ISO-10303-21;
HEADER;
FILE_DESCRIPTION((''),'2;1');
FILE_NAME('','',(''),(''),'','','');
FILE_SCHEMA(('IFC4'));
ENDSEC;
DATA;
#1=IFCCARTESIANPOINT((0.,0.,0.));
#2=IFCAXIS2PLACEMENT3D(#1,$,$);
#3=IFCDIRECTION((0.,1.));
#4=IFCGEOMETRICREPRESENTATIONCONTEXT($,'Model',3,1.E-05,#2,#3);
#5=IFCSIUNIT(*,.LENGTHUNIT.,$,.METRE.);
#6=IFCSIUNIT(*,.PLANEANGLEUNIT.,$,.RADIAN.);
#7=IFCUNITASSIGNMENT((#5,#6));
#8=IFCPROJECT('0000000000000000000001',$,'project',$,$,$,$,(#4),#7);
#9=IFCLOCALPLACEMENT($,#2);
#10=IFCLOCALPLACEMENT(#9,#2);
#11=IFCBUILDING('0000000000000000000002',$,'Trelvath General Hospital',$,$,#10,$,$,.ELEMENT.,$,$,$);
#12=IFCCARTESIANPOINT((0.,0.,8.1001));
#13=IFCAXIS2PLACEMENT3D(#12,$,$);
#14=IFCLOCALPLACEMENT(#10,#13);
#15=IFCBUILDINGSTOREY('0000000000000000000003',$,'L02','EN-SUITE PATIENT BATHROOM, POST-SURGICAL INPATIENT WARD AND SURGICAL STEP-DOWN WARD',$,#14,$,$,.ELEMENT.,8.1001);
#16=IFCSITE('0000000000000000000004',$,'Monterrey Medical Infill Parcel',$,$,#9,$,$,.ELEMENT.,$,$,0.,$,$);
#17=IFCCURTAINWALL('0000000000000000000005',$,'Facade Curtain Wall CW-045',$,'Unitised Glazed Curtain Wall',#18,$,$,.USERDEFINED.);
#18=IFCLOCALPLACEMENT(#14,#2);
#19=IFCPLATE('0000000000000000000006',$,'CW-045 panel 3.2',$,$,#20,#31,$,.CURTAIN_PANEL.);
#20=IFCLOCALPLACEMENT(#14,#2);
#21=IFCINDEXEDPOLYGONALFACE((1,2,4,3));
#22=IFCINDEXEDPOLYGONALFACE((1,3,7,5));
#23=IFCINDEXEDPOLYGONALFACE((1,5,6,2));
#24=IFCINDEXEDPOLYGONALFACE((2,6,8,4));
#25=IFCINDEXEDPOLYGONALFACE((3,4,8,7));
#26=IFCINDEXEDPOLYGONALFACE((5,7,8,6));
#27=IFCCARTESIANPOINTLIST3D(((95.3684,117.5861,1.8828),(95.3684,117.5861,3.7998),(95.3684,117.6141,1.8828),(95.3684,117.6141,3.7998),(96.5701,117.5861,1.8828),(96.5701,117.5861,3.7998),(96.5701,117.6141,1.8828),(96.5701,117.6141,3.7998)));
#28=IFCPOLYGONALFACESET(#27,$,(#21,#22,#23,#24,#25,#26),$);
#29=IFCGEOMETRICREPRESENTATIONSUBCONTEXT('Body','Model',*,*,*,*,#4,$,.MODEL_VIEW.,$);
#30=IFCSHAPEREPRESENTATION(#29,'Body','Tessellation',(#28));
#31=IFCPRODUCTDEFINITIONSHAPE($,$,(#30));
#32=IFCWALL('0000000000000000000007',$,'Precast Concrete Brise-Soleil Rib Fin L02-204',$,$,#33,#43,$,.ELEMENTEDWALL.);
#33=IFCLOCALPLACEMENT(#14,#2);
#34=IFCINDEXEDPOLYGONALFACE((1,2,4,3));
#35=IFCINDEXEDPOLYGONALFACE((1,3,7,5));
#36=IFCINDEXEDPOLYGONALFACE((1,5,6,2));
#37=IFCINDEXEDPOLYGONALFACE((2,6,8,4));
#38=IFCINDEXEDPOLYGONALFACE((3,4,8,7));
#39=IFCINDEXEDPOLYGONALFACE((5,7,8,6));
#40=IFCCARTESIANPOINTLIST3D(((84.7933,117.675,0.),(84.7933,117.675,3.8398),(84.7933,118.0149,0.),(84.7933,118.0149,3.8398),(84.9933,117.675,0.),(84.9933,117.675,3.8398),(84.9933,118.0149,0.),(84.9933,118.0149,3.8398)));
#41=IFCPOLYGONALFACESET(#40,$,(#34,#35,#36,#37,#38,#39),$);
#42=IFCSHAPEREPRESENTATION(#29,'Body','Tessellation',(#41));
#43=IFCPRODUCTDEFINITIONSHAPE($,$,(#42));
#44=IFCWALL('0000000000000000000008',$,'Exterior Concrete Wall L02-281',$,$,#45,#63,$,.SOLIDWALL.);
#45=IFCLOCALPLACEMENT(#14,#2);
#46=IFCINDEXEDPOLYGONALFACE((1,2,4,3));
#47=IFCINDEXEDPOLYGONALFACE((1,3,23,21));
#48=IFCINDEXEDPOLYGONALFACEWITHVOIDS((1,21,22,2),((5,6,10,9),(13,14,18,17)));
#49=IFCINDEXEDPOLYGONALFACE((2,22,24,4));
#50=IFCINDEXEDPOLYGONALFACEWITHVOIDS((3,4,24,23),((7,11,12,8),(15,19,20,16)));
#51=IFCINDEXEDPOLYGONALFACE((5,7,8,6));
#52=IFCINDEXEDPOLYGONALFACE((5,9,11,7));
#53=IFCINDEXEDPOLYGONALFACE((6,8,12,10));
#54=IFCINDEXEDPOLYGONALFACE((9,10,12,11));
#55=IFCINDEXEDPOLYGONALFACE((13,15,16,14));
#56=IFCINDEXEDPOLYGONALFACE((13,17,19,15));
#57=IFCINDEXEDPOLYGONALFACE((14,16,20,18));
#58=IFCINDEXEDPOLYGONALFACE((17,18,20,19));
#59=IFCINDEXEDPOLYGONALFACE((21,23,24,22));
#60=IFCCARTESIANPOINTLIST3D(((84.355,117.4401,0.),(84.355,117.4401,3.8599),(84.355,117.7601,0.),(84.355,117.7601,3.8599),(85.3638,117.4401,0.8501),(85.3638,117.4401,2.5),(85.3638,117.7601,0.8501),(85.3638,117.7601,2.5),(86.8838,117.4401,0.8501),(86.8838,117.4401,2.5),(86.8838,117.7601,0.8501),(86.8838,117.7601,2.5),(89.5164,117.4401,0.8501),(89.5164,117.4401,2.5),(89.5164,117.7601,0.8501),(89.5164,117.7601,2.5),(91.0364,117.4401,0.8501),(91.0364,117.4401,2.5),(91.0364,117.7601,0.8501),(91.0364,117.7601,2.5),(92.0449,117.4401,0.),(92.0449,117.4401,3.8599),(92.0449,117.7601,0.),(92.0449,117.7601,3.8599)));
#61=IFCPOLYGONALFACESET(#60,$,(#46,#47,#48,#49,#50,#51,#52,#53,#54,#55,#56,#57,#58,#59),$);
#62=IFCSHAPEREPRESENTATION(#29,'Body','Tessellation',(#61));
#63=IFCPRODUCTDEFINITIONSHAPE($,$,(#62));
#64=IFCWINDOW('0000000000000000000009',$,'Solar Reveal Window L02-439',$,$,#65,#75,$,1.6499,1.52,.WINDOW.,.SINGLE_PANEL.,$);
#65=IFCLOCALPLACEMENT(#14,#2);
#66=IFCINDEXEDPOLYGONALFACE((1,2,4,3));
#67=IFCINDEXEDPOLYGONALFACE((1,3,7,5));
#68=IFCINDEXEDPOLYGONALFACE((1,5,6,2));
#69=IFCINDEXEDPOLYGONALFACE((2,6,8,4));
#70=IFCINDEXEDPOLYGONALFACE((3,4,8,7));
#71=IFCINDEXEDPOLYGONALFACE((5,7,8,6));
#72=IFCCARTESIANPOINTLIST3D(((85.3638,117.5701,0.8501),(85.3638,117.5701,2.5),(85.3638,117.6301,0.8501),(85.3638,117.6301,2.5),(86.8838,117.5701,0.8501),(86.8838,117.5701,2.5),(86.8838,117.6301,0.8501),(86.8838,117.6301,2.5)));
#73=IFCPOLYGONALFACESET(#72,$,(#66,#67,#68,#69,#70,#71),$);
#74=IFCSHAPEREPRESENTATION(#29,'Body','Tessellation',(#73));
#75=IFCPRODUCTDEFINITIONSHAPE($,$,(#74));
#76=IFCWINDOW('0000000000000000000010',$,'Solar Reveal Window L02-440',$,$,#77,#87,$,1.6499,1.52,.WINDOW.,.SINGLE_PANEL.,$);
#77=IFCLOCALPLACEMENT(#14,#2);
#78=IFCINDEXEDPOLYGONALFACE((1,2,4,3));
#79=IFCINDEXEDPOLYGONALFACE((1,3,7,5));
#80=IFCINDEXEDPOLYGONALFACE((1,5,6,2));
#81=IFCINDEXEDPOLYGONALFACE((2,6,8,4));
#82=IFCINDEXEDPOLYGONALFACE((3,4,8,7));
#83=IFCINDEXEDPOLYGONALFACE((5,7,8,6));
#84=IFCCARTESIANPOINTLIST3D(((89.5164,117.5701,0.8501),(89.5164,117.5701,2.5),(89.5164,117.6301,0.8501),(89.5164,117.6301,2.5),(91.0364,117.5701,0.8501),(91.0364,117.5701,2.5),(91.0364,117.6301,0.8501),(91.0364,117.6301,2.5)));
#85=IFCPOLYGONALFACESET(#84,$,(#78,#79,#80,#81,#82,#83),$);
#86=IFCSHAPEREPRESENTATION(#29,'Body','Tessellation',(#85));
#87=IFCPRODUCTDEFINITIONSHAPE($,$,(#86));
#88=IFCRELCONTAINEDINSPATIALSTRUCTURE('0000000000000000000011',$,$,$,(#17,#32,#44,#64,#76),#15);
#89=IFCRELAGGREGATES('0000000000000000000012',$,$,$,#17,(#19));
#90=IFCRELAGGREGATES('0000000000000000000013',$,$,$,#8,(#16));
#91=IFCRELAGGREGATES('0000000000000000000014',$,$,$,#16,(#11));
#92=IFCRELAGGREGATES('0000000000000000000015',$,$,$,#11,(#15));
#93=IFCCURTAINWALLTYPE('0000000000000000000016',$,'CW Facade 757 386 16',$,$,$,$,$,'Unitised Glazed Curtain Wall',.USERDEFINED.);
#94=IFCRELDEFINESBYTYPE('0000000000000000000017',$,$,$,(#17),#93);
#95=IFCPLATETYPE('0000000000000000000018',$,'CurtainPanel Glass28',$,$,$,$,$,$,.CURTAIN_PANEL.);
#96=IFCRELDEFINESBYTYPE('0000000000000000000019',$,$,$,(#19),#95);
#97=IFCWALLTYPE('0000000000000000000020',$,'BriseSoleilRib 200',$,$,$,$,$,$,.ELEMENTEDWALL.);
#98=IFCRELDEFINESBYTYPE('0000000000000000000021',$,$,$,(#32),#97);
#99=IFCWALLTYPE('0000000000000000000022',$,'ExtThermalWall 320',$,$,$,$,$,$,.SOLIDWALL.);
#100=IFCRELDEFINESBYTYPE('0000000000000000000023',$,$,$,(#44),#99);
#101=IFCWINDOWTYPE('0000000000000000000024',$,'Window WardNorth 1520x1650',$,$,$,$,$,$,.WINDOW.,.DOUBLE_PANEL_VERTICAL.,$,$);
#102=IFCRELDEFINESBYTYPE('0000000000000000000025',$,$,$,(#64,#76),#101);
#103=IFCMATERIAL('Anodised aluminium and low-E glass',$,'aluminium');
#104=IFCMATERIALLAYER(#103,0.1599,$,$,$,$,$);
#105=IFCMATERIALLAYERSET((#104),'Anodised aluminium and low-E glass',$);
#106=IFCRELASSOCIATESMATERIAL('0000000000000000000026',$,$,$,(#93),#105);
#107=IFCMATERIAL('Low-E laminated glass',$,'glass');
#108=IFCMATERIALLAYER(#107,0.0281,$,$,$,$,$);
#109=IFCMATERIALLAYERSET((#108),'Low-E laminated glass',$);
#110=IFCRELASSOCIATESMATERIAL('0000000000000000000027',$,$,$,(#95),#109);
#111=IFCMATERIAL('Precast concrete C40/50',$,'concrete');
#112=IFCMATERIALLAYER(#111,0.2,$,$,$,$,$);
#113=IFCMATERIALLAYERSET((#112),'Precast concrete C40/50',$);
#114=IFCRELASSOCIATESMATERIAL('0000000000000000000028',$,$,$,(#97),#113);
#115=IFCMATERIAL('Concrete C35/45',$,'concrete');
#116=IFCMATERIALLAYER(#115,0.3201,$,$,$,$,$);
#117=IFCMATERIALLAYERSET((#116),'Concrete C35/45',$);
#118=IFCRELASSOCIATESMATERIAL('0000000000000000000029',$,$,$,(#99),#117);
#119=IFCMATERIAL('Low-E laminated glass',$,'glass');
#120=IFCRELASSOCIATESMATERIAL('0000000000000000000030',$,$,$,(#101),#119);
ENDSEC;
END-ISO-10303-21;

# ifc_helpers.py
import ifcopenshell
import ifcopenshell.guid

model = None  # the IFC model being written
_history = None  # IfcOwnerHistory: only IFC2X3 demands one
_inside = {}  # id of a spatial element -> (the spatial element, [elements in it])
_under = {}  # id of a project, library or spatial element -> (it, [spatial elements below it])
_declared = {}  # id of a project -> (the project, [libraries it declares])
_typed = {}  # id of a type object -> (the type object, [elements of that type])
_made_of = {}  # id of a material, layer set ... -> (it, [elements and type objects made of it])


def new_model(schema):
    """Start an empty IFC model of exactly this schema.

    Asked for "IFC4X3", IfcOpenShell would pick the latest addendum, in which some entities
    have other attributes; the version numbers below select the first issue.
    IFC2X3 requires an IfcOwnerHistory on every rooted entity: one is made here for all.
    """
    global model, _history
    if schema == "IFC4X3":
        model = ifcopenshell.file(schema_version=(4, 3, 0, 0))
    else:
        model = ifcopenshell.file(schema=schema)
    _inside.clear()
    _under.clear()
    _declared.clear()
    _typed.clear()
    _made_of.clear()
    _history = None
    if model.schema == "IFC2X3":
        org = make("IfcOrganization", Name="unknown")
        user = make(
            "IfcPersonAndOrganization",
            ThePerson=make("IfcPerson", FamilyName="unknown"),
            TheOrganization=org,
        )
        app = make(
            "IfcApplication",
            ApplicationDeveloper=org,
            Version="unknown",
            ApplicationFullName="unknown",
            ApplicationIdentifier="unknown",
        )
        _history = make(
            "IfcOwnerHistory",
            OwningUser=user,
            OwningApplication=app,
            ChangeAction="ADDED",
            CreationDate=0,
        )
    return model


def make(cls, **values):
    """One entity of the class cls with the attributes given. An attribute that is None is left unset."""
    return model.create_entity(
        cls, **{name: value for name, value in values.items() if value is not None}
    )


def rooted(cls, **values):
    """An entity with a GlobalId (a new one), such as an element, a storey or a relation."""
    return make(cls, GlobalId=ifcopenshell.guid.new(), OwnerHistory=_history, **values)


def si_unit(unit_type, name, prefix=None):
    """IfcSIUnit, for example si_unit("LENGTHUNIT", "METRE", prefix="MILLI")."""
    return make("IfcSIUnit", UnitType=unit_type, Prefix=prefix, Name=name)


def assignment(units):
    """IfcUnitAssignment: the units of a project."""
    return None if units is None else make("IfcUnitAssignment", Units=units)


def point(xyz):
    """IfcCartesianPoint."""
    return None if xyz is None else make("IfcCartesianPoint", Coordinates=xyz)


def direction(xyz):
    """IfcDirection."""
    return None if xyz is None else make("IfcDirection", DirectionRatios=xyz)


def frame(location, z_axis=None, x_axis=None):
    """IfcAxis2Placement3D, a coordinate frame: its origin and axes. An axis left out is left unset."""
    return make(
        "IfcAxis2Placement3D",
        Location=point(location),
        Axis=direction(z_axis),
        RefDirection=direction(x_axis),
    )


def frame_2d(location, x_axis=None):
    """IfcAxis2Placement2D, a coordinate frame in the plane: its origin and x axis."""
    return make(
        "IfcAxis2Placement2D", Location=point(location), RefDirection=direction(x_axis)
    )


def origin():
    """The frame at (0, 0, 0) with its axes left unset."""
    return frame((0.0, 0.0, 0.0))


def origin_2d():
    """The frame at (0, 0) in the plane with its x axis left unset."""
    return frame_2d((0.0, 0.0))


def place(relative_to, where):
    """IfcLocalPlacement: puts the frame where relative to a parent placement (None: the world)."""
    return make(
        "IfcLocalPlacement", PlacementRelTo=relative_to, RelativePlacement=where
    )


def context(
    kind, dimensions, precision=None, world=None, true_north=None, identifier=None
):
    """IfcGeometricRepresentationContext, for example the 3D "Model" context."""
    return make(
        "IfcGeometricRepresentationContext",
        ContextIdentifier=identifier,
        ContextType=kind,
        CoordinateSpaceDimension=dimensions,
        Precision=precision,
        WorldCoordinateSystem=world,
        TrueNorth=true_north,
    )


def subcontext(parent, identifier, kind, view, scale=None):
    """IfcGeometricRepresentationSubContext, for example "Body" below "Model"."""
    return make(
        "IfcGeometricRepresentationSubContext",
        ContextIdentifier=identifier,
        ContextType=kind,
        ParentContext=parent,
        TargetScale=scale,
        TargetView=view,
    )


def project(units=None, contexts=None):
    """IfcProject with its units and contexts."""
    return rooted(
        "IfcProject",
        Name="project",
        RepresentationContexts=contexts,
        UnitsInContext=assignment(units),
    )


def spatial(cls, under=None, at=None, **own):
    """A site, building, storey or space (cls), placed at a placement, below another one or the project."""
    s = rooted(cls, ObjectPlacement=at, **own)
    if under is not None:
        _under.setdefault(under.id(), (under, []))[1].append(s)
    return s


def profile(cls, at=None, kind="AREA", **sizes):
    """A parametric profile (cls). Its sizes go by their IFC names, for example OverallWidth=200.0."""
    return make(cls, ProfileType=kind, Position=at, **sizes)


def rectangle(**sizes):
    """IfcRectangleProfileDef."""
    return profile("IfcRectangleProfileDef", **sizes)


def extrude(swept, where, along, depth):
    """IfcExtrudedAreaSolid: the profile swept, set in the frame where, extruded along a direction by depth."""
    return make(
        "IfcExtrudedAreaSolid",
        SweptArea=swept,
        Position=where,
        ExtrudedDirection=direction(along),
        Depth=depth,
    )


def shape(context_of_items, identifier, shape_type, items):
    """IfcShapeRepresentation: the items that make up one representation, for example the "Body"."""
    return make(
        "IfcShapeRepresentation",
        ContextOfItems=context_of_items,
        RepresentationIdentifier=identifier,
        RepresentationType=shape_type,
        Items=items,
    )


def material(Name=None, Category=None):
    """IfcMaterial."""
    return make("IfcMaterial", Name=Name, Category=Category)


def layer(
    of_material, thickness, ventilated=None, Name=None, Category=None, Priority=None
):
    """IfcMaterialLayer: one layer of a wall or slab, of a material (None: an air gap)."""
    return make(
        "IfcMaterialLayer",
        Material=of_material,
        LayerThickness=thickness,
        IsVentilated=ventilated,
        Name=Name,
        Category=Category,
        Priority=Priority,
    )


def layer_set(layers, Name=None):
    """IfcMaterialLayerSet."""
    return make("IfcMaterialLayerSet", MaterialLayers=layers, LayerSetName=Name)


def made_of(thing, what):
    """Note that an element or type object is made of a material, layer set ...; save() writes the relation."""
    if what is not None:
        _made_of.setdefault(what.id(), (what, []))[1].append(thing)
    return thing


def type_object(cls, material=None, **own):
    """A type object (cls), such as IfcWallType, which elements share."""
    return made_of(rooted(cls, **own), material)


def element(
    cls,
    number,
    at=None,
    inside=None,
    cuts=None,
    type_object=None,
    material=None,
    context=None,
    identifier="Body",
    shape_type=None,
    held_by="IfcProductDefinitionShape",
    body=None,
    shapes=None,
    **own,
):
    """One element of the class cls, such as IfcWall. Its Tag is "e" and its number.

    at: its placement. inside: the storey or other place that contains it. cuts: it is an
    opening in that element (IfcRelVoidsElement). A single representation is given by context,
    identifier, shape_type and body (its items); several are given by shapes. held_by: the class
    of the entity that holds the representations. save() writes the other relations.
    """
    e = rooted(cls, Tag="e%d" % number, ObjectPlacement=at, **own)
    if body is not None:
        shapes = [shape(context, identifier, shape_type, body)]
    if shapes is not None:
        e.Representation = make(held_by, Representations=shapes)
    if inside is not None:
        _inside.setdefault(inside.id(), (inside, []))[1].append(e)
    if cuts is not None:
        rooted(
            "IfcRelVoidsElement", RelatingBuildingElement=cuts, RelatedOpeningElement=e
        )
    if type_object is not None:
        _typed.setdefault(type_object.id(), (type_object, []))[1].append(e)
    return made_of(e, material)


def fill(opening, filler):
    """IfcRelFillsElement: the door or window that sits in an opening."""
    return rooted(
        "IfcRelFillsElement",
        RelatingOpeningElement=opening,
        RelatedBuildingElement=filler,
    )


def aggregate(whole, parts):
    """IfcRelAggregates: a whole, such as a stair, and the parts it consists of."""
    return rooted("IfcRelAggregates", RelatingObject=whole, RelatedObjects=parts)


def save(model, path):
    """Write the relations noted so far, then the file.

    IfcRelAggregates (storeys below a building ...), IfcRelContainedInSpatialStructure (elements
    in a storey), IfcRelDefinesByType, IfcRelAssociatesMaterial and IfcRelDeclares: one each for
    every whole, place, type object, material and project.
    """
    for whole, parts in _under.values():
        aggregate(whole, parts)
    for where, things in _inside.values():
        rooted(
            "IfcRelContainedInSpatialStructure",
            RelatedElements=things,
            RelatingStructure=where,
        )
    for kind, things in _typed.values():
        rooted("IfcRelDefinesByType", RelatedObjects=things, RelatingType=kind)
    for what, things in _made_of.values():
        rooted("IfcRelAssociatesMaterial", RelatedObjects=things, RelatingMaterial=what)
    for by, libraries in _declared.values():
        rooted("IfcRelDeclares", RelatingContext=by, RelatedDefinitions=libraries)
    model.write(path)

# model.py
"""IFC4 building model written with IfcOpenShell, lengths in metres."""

from ifc_helpers import new_model, si_unit, direction, frame, frame_2d, origin, origin_2d, place, context, subcontext, project, spatial, rectangle, extrude, material, layer, layer_set, type_object, element, fill, aggregate, save


model = new_model("IFC4")

# Units and contexts
model_context = context("Model", 3, precision=1e-05, world=origin(), true_north=direction((0.0, 1.0)))
body_context = subcontext(model_context, "Body", "Model", "MODEL_VIEW")
ifc_project = project(units=[si_unit("LENGTHUNIT", "METRE"), si_unit("PLANEANGLEUNIT", "RADIAN")], contexts=[model_context])

# Site, building, storey
site_placement = place(None, origin())
site = spatial("IfcSite", under=ifc_project, at=site_placement, Name="Monterrey Medical Infill Parcel", CompositionType="ELEMENT", RefElevation=0.0)
building_placement = place(site_placement, origin())
building = spatial("IfcBuilding", under=site, at=building_placement, Name="Trelvath General Hospital", CompositionType="ELEMENT")
storey_placement = place(building_placement, frame((0.0, 0.0, 8.1001)))
storey = spatial("IfcBuildingStorey", under=building, at=storey_placement, Name="L02", Description="EN-SUITE PATIENT BATHROOM, POST-SURGICAL INPATIENT WARD AND SURGICAL STEP-DOWN WARD", CompositionType="ELEMENT", Elevation=8.1001)

# Curtain wall, plate
ifc_material_1 = material(Name="Anodised aluminium and low-E glass", Category="aluminium")
ifc_layer_1 = layer(ifc_material_1, 0.1599)
ifc_layer_set_1 = layer_set([ifc_layer_1], Name="Anodised aluminium and low-E glass")
curtain_wall_type = type_object("IfcCurtainWallType", Name="CW Facade 757 386 16", ElementType="Unitised Glazed Curtain Wall", PredefinedType="USERDEFINED", material=ifc_layer_set_1)
curtain_wall_placement = place(storey_placement, origin())
curtain_wall = element("IfcCurtainWall", 1, at=curtain_wall_placement, inside=storey, type_object=curtain_wall_type, Name="Facade Curtain Wall CW-045", ObjectType="Unitised Glazed Curtain Wall", PredefinedType="USERDEFINED")
ifc_material_2 = material(Name="Low-E laminated glass", Category="glass")
ifc_layer_2 = layer(ifc_material_2, 0.0281)
ifc_layer_set_2 = layer_set([ifc_layer_2], Name="Low-E laminated glass")
plate_type = type_object("IfcPlateType", Name="CurtainPanel Glass28", PredefinedType="CURTAIN_PANEL", material=ifc_layer_set_2)
plate_1_placement = place(storey_placement, frame((95.9692, 117.6001, 1.8828), z_axis=(0.0, 0.0, 1.0), x_axis=(1.0, 0.0, 0.0)))
plate_1 = element("IfcPlate", 2, at=plate_1_placement, type_object=plate_type, Name="CW-045 panel 3.2", PredefinedType="CURTAIN_PANEL", context=body_context, shape_type="SweptSolid", body=[
    extrude(rectangle(XDim=1.2017, YDim=0.0281, at=origin_2d()), origin(), (0.0, 0.0, 1.0), 1.917),
])
aggregate(curtain_wall, [plate_1])

# Wall
ifc_material_3 = material(Name="Precast concrete C40/50", Category="concrete")
ifc_layer_3 = layer(ifc_material_3, 0.2)
ifc_layer_set_3 = layer_set([ifc_layer_3], Name="Precast concrete C40/50")
wall_type_1 = type_object("IfcWallType", Name="BriseSoleilRib 200", PredefinedType="ELEMENTEDWALL", material=ifc_layer_set_3)
wall_1_placement = place(storey_placement, frame((84.8933, 117.675, 0.0), z_axis=(0.0, 0.0, 1.0), x_axis=(0.0, 1.0, 0.0)))
element("IfcWall", 3, at=wall_1_placement, inside=storey, type_object=wall_type_1, Name="Precast Concrete Brise-Soleil Rib Fin L02-204", PredefinedType="ELEMENTEDWALL", context=body_context, shape_type="SweptSolid", body=[
    extrude(rectangle(XDim=0.3398, YDim=0.2, at=frame_2d((0.1699, 0.0))), origin(), (0.0, 0.0, 1.0), 3.8398),
])

# Wall, openings, windows
ifc_material_4 = material(Name="Concrete C35/45", Category="concrete")
ifc_layer_4 = layer(ifc_material_4, 0.3201)
ifc_layer_set_4 = layer_set([ifc_layer_4], Name="Concrete C35/45")
wall_type_2 = type_object("IfcWallType", Name="ExtThermalWall 320", PredefinedType="SOLIDWALL", material=ifc_layer_set_4)
wall_2_placement = place(storey_placement, frame((84.355, 117.6001, 0.0), z_axis=(0.0, 0.0, 1.0), x_axis=(1.0, 0.0, 0.0)))
wall_2 = element("IfcWall", 4, at=wall_2_placement, inside=storey, type_object=wall_type_2, Name="Exterior Concrete Wall L02-281", PredefinedType="SOLIDWALL", context=body_context, shape_type="SweptSolid", body=[
    extrude(rectangle(XDim=7.6899, YDim=0.3201, at=frame_2d((3.845, 0.0))), origin(), (0.0, 0.0, 1.0), 3.8599),
])
opening_1_placement = place(wall_2_placement, frame((1.0088, 0.0, 0.8501)))
opening_1 = element("IfcOpeningElement", 5, at=opening_1_placement, cuts=wall_2, PredefinedType="OPENING", context=body_context, shape_type="SweptSolid", body=[
    extrude(rectangle(XDim=1.52, YDim=1.6499, at=frame_2d((0.76, 0.825))), frame((0.0, 0.1699, 0.0), z_axis=(0.0, -1.0, 0.0), x_axis=(1.0, 0.0, 0.0)), (0.0, 0.0, 1.0), 0.3401),
])
opening_2_placement = place(wall_2_placement, frame((5.1614, 0.0, 0.8501)))
opening_2 = element("IfcOpeningElement", 6, at=opening_2_placement, cuts=wall_2, PredefinedType="OPENING", context=body_context, shape_type="SweptSolid", body=[
    extrude(rectangle(XDim=1.52, YDim=1.6499, at=frame_2d((0.76, 0.825))), frame((0.0, 0.1699, 0.0), z_axis=(0.0, -1.0, 0.0), x_axis=(1.0, 0.0, 0.0)), (0.0, 0.0, 1.0), 0.3401),
])
ifc_material_5 = material(Name="Low-E laminated glass", Category="glass")
window_type = type_object("IfcWindowType", Name="Window WardNorth 1520x1650", PartitioningType="DOUBLE_PANEL_VERTICAL", PredefinedType="WINDOW", material=ifc_material_5)
window_1_placement = place(opening_1_placement, origin())
window_1 = element("IfcWindow", 7, at=window_1_placement, inside=storey, type_object=window_type, Name="Solar Reveal Window L02-439", OverallHeight=1.6499, OverallWidth=1.52, PartitioningType="SINGLE_PANEL", PredefinedType="WINDOW", context=body_context, shape_type="SweptSolid", body=[
    extrude(rectangle(XDim=1.52, YDim=1.6499, at=frame_2d((0.76, 0.825))), frame((0.0, 0.03, 0.0), z_axis=(0.0, -1.0, 0.0), x_axis=(1.0, 0.0, 0.0)), (0.0, 0.0, 1.0), 0.0601),
])
fill(opening_1, window_1)
window_2_placement = place(opening_2_placement, origin())
window_2 = element("IfcWindow", 8, at=window_2_placement, inside=storey, type_object=window_type, Name="Solar Reveal Window L02-440", OverallHeight=1.6499, OverallWidth=1.52, PartitioningType="SINGLE_PANEL", PredefinedType="WINDOW", context=body_context, shape_type="SweptSolid", body=[
    extrude(rectangle(XDim=1.52, YDim=1.6499, at=frame_2d((0.76, 0.825))), frame((0.0, 0.03, 0.0), z_axis=(0.0, -1.0, 0.0), x_axis=(1.0, 0.0, 0.0)), (0.0, 0.0, 1.0), 0.0601),
])
fill(opening_2, window_2)

save(model, "model.ifc")
